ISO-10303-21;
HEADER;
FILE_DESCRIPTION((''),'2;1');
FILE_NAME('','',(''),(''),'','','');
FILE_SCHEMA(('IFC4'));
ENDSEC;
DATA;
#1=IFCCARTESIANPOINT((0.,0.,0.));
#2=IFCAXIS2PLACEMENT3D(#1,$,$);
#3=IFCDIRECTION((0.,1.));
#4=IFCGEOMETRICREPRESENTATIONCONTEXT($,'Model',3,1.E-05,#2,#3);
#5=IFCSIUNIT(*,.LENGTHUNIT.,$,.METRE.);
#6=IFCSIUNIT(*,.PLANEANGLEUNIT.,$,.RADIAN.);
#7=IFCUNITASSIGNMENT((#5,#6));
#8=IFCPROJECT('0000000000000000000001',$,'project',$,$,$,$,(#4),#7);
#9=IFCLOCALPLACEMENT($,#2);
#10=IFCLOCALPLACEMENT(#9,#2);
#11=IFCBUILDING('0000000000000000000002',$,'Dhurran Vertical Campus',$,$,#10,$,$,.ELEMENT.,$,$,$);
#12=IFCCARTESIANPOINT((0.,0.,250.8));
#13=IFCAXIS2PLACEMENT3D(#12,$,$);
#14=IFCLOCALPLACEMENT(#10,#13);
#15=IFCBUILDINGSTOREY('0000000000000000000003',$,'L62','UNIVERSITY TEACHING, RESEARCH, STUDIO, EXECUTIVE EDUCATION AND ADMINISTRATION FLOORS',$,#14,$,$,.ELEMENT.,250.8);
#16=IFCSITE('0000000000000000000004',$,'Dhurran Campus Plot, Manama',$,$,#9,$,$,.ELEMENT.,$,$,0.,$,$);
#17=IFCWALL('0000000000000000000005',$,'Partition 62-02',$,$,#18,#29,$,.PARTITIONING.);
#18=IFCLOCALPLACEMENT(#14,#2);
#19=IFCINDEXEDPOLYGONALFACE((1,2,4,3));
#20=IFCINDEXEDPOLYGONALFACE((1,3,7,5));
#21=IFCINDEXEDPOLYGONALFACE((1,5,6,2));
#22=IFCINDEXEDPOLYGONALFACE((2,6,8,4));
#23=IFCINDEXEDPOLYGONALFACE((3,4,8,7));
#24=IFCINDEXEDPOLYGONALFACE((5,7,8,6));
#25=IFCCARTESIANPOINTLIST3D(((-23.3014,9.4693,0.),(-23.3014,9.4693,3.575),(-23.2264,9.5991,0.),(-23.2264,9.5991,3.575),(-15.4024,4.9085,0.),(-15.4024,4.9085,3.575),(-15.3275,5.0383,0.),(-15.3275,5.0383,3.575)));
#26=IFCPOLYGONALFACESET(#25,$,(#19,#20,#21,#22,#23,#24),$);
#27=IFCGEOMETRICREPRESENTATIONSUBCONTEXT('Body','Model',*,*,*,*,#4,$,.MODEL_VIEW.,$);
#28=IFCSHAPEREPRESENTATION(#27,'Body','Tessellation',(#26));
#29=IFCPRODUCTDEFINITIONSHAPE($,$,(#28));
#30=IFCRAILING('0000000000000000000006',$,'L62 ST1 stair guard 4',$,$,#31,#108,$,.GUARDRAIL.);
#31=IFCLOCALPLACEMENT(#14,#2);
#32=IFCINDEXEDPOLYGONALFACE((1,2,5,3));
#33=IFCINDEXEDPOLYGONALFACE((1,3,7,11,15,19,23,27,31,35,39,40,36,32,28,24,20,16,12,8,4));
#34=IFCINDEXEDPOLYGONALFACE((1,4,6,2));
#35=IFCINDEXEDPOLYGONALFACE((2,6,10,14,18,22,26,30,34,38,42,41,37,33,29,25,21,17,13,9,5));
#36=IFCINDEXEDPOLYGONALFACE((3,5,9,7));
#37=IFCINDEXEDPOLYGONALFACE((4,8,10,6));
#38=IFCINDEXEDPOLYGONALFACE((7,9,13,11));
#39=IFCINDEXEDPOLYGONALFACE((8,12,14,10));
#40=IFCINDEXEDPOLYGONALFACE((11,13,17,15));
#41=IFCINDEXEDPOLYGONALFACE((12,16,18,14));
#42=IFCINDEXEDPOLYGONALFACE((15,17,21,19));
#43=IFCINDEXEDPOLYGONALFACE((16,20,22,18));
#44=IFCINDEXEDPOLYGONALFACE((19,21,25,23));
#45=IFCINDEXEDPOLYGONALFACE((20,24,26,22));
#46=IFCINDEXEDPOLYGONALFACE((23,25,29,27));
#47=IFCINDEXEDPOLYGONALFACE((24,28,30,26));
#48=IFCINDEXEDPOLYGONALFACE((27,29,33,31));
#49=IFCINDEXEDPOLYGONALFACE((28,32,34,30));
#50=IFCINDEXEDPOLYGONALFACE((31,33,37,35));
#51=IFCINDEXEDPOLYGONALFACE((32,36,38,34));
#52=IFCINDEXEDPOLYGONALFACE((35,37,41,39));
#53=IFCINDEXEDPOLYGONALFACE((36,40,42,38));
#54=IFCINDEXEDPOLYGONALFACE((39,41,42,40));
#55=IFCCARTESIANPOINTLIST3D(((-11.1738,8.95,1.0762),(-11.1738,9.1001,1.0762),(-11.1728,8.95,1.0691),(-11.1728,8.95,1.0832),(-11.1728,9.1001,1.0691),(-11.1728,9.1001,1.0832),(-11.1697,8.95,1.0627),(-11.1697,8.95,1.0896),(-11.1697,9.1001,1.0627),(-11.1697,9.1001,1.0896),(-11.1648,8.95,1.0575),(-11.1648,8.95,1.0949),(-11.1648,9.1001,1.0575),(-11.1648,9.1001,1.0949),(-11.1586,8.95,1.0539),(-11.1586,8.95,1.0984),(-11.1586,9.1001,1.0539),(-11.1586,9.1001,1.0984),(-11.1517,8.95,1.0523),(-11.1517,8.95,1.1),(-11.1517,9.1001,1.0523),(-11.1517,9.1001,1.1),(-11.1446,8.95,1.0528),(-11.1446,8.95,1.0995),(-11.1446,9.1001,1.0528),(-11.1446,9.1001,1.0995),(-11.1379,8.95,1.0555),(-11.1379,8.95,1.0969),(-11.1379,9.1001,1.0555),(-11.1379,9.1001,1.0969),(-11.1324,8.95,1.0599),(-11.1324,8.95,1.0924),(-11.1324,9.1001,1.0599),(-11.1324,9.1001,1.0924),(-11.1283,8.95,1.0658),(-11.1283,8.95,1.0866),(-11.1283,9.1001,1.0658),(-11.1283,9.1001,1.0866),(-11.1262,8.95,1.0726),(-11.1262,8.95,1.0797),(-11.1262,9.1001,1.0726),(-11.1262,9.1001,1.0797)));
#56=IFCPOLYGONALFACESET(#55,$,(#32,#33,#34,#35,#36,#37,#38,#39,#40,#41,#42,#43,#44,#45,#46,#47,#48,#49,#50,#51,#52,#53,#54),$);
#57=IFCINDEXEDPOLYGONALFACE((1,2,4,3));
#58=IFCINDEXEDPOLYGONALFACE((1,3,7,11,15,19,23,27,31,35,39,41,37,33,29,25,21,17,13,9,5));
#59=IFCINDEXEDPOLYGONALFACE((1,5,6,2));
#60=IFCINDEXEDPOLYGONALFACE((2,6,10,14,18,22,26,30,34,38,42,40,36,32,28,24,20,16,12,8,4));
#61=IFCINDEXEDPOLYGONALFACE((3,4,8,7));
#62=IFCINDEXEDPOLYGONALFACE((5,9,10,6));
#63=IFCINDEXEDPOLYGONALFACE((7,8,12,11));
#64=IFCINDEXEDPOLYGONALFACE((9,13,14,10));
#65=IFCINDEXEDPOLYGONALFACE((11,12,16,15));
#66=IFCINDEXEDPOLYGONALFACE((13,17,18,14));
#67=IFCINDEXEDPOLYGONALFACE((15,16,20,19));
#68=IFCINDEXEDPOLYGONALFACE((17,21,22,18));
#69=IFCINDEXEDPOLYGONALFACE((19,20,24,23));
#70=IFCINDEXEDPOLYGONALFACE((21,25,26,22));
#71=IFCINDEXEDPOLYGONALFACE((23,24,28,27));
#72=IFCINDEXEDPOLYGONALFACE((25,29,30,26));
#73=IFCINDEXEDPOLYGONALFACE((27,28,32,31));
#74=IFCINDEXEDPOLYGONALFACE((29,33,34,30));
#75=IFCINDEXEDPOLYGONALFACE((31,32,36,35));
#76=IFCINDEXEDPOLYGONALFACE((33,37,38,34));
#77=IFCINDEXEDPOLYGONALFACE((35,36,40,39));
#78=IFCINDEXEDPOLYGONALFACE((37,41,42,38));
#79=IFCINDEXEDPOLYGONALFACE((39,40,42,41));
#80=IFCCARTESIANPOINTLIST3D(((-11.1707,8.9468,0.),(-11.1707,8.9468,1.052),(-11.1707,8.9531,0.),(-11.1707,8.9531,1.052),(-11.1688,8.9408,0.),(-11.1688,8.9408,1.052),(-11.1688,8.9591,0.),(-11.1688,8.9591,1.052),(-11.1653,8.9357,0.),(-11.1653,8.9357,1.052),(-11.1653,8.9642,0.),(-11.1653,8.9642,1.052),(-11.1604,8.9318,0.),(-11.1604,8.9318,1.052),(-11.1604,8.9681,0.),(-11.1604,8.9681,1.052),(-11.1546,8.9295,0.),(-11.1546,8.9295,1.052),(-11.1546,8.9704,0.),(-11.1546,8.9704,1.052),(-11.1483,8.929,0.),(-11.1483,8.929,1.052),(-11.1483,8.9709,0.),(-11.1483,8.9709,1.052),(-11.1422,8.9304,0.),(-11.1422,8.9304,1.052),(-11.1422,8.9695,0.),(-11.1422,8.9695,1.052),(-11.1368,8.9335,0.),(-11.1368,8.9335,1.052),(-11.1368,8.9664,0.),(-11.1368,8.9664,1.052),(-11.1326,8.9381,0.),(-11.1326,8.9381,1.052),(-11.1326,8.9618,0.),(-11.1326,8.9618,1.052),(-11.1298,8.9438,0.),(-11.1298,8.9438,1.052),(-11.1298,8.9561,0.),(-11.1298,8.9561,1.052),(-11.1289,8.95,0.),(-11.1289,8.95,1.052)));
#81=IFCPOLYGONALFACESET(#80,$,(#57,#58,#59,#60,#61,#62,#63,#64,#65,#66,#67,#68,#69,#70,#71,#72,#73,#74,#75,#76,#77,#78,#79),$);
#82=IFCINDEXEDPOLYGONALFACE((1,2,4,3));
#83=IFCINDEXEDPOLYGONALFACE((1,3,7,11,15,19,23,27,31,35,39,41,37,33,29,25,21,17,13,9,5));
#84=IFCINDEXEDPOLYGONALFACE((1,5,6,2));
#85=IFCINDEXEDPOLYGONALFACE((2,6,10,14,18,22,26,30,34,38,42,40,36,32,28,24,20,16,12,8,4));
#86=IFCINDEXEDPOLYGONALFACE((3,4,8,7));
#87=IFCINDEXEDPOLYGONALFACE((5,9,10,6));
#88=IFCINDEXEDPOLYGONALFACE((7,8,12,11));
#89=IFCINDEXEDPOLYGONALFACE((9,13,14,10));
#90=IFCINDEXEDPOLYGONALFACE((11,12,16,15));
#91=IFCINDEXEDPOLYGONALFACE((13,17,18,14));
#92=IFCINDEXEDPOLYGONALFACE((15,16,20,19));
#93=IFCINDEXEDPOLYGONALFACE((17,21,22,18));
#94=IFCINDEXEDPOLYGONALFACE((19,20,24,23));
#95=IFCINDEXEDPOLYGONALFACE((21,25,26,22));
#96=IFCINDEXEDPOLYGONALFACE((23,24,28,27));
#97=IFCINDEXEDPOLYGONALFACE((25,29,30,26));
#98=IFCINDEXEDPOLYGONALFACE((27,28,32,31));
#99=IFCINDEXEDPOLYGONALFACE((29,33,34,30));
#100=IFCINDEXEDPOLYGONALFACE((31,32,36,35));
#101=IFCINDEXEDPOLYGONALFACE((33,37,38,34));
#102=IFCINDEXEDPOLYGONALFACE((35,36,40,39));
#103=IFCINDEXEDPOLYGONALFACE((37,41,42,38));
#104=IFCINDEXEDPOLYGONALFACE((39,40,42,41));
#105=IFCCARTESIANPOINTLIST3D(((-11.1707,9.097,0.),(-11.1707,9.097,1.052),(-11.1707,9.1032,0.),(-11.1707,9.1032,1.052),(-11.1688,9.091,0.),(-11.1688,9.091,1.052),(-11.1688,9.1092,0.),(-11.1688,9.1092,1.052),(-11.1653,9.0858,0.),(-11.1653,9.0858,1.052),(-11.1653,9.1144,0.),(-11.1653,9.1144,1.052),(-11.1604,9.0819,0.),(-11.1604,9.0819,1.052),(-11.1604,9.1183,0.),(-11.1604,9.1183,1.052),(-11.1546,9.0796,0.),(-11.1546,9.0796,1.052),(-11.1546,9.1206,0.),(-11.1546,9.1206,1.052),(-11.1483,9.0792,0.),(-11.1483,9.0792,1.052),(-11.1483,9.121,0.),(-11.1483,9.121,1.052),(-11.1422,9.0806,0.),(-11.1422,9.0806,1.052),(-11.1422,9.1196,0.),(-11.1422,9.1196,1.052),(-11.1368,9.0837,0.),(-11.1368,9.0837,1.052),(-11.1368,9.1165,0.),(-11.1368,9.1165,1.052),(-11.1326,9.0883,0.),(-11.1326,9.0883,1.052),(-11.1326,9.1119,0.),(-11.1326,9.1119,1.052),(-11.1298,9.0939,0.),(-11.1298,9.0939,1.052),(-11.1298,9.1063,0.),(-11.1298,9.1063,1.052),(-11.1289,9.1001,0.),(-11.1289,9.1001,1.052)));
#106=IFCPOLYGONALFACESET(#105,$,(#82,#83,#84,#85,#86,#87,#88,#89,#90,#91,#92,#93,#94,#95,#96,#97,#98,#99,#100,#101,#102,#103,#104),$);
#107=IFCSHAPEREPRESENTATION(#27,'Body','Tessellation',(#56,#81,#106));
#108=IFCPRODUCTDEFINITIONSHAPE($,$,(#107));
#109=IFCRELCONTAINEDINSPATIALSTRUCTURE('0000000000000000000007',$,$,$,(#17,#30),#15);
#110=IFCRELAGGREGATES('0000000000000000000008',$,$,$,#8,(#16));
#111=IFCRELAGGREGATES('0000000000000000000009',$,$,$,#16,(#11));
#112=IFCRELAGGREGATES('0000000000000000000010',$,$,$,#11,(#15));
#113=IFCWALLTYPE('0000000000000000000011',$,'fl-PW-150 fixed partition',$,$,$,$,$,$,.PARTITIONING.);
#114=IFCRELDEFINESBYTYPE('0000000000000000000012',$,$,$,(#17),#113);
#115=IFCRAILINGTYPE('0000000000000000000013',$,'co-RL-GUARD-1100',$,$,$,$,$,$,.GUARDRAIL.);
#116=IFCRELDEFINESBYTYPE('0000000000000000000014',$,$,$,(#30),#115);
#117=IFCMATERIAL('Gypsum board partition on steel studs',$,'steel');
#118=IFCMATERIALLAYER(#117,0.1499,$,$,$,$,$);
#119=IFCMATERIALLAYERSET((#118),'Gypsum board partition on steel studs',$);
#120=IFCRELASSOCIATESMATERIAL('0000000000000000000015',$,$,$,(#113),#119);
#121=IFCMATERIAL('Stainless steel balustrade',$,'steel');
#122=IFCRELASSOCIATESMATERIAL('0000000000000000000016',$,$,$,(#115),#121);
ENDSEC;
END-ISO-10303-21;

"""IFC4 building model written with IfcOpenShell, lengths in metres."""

from ifc_helpers import new_model, si_unit, direction, frame, frame_2d, origin, origin_2d, place, context, subcontext, project, spatial, rectangle, circle, extrude, material, layer, layer_set, type_object, element, save


model = new_model("IFC4")

# Units and contexts
model_context = context("Model", 3, precision=1e-05, world=origin(), true_north=direction((0.0, 1.0)))
body_context = subcontext(model_context, "Body", "Model", "MODEL_VIEW")
ifc_project = project(units=[si_unit("LENGTHUNIT", "METRE"), si_unit("PLANEANGLEUNIT", "RADIAN")], contexts=[model_context])

# Site, building, storey
site_placement = place(None, origin())
site = spatial("IfcSite", under=ifc_project, at=site_placement, Name="Dhurran Campus Plot, Manama", CompositionType="ELEMENT", RefElevation=0.0)
building_placement = place(site_placement, origin())
building = spatial("IfcBuilding", under=site, at=building_placement, Name="Dhurran Vertical Campus", CompositionType="ELEMENT")
storey_placement = place(building_placement, frame((0.0, 0.0, 250.8)))
storey = spatial("IfcBuildingStorey", under=building, at=storey_placement, Name="L62", Description="UNIVERSITY TEACHING, RESEARCH, STUDIO, EXECUTIVE EDUCATION AND ADMINISTRATION FLOORS", CompositionType="ELEMENT", Elevation=250.8)

# Wall
ifc_material_1 = material(Name="Gypsum board partition on steel studs", Category="steel")
ifc_layer_1 = layer(ifc_material_1, 0.1499)
ifc_layer_set_1 = layer_set([ifc_layer_1], Name="Gypsum board partition on steel studs")
wall_type_1 = type_object("IfcWallType", Name="fl-PW-150 fixed partition", PredefinedType="PARTITIONING", material=ifc_layer_set_1)
wall_1_placement = place(storey_placement, frame((-23.2639, 9.5342, 0.0), z_axis=(0.0, 0.0, 1.0), x_axis=(0.866009, -0.500028, 0.0)))
element("IfcWall", 1, at=wall_1_placement, inside=storey, type_object=wall_type_1, Name="Partition 62-02", PredefinedType="PARTITIONING", context=body_context, shape_type="SweptSolid", body=[
    extrude(rectangle(XDim=9.1211, YDim=0.1499, at=frame_2d((4.5605, 0.0))), origin(), (0.0, 0.0, 1.0), 3.575),
])

# Railing
ifc_material_2 = material(Name="Stainless steel balustrade", Category="steel")
railing_type_1 = type_object("IfcRailingType", Name="co-RL-GUARD-1100", PredefinedType="GUARDRAIL", material=ifc_material_2)
railing_1_placement = place(storey_placement, frame((-11.1499, 8.95, 0.0)))
element("IfcRailing", 2, at=railing_1_placement, inside=storey, type_object=railing_type_1, Name="L62 ST1 stair guard 4", PredefinedType="GUARDRAIL", context=body_context, shape_type="SweptSolid", body=[
    extrude(circle(Radius=0.0239, at=origin_2d()), frame((0.0, 0.0, 1.0762), z_axis=(0.0, 1.0, 0.0), x_axis=(-1.0, 0.0, 0.0)), (0.0, 0.0, 1.0), 0.1501),
    extrude(circle(Radius=0.021, at=origin_2d()), origin(), (0.0, 0.0, 1.0), 1.052),
    extrude(circle(Radius=0.021, at=origin_2d()), frame((0.0, 0.1501, 0.0)), (0.0, 0.0, 1.0), 1.052),
])

save(model, "model.ifc")
